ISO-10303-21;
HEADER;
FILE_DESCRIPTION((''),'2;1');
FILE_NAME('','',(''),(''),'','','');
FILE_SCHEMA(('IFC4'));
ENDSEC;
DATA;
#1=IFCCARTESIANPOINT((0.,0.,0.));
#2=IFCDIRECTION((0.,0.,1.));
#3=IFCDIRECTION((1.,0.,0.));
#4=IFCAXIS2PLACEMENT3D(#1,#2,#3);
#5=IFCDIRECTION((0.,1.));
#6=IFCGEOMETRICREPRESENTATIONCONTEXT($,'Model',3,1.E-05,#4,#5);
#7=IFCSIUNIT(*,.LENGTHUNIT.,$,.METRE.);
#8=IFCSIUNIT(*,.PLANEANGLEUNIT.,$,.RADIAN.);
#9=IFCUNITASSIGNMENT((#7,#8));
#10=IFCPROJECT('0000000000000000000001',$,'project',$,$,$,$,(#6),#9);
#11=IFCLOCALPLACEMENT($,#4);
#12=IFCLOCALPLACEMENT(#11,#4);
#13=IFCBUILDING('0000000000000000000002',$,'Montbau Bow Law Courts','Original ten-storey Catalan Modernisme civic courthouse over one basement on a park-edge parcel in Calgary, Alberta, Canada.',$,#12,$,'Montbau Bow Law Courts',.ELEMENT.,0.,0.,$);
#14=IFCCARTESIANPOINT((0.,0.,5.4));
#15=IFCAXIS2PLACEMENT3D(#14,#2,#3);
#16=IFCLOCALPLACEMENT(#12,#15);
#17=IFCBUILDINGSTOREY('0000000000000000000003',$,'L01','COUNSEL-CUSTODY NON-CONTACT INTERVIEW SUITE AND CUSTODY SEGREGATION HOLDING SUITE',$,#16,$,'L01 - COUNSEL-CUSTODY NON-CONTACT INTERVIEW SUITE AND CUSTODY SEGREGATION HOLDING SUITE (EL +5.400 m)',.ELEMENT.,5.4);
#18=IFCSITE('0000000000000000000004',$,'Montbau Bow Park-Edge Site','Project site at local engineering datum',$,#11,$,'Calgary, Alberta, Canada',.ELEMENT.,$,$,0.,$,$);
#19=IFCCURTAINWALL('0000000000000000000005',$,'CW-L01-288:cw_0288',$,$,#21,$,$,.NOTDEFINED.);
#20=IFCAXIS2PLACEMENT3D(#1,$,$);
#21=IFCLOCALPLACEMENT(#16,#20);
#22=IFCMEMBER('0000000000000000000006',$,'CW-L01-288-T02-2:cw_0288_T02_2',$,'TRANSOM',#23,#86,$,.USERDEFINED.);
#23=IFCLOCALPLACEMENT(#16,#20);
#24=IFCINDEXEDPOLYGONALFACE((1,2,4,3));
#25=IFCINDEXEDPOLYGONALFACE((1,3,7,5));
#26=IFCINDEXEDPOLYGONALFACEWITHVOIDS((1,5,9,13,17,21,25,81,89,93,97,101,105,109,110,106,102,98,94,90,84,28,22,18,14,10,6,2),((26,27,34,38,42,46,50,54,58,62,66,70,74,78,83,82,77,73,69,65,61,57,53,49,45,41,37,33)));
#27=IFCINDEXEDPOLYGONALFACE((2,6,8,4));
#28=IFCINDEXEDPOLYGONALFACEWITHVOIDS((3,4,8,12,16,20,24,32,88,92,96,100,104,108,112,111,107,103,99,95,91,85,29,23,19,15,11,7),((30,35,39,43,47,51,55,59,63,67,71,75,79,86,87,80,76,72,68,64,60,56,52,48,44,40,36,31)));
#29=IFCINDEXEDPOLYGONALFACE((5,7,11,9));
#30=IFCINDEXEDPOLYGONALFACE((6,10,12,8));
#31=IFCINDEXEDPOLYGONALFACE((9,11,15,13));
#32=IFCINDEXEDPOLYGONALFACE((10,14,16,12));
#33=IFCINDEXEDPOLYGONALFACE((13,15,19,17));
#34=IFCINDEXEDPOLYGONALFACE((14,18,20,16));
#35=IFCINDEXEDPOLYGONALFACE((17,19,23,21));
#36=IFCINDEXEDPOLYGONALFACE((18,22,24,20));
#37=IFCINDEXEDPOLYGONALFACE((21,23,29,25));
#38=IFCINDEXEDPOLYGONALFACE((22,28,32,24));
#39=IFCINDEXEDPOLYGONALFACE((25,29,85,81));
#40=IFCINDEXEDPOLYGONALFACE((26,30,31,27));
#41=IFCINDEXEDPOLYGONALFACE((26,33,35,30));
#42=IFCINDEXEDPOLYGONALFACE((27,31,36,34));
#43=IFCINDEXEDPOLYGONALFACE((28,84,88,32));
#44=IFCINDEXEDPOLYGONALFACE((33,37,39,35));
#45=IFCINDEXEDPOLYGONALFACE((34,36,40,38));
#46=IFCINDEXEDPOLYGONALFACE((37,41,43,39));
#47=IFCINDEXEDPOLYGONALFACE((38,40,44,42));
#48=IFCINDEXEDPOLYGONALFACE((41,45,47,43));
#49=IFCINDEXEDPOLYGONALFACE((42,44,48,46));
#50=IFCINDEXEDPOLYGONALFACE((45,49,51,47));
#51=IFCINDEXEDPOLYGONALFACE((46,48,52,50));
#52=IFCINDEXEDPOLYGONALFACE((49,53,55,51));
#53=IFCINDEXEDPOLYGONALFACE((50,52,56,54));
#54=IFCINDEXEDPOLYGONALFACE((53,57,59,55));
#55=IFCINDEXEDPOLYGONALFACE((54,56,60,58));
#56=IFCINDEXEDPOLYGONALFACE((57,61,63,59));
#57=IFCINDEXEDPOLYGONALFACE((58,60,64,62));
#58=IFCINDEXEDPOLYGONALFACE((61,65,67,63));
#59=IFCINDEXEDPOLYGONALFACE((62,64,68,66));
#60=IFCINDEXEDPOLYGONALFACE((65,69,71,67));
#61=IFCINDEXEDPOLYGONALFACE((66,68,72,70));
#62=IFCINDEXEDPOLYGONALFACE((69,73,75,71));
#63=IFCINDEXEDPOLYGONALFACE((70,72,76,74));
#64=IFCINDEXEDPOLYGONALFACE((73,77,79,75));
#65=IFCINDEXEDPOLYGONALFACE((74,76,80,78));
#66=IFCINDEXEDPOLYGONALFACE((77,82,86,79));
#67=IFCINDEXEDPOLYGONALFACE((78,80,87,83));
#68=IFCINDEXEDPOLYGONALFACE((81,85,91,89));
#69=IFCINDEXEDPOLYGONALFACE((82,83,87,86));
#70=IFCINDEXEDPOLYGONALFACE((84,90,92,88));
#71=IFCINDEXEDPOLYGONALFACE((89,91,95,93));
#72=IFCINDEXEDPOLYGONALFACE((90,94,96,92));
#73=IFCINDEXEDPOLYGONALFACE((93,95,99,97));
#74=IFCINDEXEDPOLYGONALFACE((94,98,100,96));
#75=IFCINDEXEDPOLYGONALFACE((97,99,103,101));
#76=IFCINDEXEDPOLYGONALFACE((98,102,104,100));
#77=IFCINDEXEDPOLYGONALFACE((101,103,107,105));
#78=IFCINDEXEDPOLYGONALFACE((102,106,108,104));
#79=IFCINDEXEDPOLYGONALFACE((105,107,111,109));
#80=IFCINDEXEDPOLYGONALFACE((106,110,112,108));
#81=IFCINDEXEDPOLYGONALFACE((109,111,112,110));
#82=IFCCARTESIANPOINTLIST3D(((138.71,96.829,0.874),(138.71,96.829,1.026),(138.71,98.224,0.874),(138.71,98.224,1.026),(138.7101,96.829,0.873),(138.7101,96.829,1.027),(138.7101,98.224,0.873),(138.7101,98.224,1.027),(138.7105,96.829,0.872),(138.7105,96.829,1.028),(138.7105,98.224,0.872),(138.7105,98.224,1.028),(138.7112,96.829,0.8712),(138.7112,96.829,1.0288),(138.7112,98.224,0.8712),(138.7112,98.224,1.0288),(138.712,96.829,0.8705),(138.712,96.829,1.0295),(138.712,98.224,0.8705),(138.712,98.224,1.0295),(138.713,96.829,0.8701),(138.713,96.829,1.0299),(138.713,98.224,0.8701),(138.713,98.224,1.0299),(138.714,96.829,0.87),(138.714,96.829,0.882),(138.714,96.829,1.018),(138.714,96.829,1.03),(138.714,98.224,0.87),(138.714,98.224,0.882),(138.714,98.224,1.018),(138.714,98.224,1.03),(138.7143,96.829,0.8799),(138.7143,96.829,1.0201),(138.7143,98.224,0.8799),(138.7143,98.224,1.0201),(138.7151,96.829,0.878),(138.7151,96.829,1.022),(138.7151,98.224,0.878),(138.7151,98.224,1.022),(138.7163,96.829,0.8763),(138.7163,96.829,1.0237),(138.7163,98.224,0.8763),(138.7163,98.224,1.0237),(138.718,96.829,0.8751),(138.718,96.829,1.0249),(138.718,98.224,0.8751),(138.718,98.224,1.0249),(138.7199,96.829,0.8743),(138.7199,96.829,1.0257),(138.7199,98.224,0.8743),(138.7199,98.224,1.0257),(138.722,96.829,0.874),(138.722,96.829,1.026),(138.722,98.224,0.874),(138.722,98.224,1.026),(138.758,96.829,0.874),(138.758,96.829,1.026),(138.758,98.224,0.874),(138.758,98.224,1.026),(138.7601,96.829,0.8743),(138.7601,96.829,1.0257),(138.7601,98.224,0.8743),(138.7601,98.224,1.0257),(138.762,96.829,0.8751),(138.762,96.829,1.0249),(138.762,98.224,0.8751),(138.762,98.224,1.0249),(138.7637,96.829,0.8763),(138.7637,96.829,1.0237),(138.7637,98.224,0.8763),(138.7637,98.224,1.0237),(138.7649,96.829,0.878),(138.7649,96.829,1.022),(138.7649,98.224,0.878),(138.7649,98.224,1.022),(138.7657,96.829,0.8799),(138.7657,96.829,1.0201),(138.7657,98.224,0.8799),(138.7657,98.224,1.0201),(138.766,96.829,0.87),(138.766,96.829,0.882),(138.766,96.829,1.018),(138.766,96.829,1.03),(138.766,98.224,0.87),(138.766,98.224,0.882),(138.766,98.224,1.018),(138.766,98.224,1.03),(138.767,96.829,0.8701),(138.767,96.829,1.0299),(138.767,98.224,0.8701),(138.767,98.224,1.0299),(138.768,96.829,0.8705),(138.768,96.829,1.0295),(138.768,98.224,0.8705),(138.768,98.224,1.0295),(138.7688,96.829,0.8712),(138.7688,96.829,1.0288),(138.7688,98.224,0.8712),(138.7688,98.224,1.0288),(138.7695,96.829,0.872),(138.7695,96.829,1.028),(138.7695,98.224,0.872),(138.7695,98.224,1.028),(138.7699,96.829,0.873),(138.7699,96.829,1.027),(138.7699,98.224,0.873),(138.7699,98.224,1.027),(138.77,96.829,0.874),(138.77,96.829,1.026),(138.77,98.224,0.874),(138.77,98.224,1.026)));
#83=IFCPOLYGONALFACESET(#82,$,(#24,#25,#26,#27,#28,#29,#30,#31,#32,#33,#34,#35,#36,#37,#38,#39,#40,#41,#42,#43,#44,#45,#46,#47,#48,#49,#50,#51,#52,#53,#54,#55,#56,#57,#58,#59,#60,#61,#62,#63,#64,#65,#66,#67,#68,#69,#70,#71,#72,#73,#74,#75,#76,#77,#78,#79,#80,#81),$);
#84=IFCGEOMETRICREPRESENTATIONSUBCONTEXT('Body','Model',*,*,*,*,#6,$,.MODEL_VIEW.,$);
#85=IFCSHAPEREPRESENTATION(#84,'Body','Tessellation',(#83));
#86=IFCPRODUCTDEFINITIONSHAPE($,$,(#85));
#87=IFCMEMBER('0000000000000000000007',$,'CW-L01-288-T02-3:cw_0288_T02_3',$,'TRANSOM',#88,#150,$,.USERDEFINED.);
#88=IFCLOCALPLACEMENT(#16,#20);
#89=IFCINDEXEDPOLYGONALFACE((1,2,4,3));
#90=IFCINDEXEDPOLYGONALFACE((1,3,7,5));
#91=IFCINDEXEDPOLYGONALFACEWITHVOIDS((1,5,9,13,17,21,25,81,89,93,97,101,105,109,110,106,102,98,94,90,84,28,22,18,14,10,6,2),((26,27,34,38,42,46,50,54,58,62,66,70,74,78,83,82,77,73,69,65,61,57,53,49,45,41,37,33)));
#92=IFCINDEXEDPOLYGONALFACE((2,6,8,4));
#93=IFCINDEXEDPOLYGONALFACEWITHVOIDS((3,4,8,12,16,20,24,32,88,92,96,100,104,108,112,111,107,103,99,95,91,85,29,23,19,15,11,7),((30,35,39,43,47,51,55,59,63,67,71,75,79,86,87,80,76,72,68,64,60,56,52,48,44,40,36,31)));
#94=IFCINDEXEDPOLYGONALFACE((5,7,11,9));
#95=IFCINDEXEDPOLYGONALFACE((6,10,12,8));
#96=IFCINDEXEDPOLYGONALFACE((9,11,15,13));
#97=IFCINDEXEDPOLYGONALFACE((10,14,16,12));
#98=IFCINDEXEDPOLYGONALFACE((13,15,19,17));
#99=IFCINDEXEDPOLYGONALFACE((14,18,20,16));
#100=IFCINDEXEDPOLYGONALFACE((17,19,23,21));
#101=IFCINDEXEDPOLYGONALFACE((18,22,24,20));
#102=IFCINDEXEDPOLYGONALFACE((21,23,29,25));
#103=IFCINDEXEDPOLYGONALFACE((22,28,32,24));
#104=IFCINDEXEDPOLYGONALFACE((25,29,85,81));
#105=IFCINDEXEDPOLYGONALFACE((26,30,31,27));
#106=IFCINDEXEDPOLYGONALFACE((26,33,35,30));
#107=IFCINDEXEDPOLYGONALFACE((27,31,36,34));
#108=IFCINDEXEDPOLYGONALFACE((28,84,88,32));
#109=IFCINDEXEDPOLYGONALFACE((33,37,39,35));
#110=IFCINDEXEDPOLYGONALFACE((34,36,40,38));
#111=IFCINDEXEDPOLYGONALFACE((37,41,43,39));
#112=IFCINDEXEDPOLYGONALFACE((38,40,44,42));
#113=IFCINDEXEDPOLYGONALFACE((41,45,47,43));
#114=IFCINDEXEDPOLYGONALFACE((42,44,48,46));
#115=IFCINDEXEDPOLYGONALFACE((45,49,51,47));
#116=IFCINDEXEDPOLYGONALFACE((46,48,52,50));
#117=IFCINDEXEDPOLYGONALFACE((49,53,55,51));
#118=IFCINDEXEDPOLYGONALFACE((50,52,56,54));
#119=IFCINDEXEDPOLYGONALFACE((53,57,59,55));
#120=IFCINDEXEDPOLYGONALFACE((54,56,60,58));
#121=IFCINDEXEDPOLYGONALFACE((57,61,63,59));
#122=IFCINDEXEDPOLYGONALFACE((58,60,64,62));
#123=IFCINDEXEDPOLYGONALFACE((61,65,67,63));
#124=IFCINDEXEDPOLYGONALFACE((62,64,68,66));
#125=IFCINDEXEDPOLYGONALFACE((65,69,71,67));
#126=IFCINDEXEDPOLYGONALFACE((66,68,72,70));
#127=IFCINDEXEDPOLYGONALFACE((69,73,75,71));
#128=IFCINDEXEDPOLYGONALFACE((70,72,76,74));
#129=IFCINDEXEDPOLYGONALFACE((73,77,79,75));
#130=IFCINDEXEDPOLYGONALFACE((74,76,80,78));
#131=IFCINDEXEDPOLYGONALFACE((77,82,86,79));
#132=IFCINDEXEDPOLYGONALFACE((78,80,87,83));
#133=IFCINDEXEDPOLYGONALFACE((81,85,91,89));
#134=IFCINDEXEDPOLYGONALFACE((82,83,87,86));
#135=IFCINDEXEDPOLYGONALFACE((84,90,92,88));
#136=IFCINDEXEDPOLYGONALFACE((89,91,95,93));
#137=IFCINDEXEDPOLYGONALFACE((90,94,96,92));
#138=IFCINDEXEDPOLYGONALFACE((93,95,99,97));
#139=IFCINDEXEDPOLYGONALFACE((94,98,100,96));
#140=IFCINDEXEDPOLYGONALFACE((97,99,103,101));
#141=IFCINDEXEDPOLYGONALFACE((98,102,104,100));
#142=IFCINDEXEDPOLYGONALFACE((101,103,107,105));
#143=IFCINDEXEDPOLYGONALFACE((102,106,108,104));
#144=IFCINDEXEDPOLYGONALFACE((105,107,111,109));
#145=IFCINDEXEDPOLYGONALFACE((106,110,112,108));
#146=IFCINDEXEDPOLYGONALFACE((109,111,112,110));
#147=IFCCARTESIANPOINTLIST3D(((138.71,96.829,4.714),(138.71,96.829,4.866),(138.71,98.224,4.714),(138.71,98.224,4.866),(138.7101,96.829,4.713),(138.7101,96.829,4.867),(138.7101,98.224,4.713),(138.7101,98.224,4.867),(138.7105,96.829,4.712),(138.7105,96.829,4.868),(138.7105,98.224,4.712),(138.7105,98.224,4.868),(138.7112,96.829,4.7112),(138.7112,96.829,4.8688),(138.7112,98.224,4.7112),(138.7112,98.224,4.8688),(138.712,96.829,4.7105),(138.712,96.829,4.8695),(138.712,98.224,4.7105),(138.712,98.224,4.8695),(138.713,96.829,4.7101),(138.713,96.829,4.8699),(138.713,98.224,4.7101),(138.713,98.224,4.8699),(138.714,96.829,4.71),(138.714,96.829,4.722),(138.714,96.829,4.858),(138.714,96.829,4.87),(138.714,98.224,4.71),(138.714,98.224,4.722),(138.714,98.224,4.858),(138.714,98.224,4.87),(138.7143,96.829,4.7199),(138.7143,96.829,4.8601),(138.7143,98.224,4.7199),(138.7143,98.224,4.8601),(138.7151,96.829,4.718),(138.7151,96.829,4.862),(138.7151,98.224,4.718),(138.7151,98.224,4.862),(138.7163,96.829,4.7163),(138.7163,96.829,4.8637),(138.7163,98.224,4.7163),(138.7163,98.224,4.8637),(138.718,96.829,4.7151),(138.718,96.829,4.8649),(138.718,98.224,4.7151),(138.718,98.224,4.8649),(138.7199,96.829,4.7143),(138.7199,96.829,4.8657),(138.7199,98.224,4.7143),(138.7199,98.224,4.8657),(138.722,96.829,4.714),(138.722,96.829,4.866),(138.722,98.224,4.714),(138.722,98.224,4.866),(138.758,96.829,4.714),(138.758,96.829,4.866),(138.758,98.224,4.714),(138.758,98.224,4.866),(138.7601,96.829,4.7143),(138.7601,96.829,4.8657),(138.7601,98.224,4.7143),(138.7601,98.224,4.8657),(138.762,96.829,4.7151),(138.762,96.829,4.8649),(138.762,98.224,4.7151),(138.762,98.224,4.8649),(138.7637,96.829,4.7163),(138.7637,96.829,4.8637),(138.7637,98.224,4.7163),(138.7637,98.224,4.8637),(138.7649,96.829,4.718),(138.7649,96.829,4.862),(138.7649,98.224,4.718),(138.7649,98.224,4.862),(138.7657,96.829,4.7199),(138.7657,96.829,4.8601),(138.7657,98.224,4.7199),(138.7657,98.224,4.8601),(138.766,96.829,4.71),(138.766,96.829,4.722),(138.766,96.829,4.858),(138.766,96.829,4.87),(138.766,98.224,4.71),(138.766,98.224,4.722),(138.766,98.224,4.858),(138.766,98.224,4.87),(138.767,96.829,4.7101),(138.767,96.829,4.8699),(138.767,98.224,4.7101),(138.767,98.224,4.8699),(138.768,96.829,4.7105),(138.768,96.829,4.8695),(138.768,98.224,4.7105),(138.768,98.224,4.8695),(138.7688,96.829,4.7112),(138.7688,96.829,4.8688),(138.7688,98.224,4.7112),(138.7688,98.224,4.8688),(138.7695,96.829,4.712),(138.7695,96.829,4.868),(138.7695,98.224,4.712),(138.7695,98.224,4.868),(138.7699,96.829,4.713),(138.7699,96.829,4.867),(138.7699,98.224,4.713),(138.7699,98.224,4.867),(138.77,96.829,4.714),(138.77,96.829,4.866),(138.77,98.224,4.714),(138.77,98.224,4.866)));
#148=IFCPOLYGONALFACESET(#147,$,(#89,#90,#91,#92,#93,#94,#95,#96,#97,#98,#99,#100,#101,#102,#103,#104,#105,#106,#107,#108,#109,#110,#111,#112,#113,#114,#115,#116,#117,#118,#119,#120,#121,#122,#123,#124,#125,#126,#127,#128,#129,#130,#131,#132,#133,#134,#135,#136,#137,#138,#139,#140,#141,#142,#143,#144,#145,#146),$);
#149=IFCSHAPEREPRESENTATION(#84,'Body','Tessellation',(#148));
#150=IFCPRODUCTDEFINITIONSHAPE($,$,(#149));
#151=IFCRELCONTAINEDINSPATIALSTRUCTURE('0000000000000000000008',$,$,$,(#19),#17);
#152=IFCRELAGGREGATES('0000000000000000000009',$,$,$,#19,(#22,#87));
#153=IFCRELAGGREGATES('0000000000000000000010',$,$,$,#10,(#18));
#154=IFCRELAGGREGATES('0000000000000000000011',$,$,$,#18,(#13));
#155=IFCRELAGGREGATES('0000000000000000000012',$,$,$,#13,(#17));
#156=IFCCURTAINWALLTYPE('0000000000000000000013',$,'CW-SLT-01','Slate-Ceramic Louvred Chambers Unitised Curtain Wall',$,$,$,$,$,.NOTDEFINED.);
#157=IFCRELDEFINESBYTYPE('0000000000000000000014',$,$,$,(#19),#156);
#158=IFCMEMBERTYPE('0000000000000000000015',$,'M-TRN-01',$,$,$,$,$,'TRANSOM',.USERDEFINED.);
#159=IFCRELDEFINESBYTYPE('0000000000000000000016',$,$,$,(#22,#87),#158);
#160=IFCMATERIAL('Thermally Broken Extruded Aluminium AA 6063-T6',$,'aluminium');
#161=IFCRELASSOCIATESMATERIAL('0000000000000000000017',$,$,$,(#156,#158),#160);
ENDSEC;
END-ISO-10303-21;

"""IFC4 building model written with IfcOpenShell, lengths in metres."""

from ifc_helpers import new_model, si_unit, direction, frame, origin_with_axes, origin_2d_with_axis, place, context, subcontext, project, spatial, hollow_rectangle, extrude, material, material_profile, profile_set, type_object, element, aggregate, save


model = new_model("IFC4")

# Units and contexts
model_context = context("Model", 3, precision=1e-05, world=origin_with_axes(), true_north=direction((0.0, 1.0)))
body_context = subcontext(model_context, "Body", "Model", "MODEL_VIEW")
ifc_project = project(units=[si_unit("LENGTHUNIT", "METRE"), si_unit("PLANEANGLEUNIT", "RADIAN")], contexts=[model_context])

# Site, building, storey
site_placement = place(None, origin_with_axes())
site = spatial("IfcSite", under=ifc_project, at=site_placement, Name="Montbau Bow Park-Edge Site", Description="Project site at local engineering datum", LongName="Calgary, Alberta, Canada", CompositionType="ELEMENT", RefElevation=0.0)
building_placement = place(site_placement, origin_with_axes())
building = spatial("IfcBuilding", under=site, at=building_placement, Name="Montbau Bow Law Courts", Description="Original ten-storey Catalan Modernisme civic courthouse over one basement on a park-edge parcel in Calgary, Alberta, Canada.", LongName="Montbau Bow Law Courts", CompositionType="ELEMENT", ElevationOfRefHeight=0.0, ElevationOfTerrain=0.0)
storey_placement = place(building_placement, frame((0.0, 0.0, 5.4), z_axis=(0.0, 0.0, 1.0), x_axis=(1.0, 0.0, 0.0)))
storey = spatial("IfcBuildingStorey", under=building, at=storey_placement, Name="L01", Description="COUNSEL-CUSTODY NON-CONTACT INTERVIEW SUITE AND CUSTODY SEGREGATION HOLDING SUITE", LongName="L01 - COUNSEL-CUSTODY NON-CONTACT INTERVIEW SUITE AND CUSTODY SEGREGATION HOLDING SUITE (EL +5.400 m)", CompositionType="ELEMENT", Elevation=5.4)

# Curtain wall
ifc_material_1 = material(Name="Thermally Broken Extruded Aluminium AA 6063-T6", Category="aluminium")
curtain_wall_type = type_object("IfcCurtainWallType", Name="CW-SLT-01", Description="Slate-Ceramic Louvred Chambers Unitised Curtain Wall", PredefinedType="NOTDEFINED", material=ifc_material_1)
curtain_wall_1_placement = place(None, frame((138.74, 95.315, 5.4), z_axis=(0.0, 0.0, 1.0), x_axis=(1.0, 0.0, 0.0)))
curtain_wall_1 = element("IfcCurtainWall", 1, at=curtain_wall_1_placement, inside=storey, type_object=curtain_wall_type, Name="CW-L01-288:cw_0288", PredefinedType="NOTDEFINED")

# Members
ifc_material_profile_1 = material_profile(ifc_material_1, hollow_rectangle(XDim=0.06, YDim=0.16, WallThickness=0.004, InnerFilletRadius=0.008, OuterFilletRadius=0.004, at=origin_2d_with_axis()), Name="CWT-160X60", Category="Main", Priority=0)
ifc_profile_set_1 = profile_set([ifc_material_profile_1], Name="Thermally Broken Extruded Aluminium AA 6063-T6")
member_type_1 = type_object("IfcMemberType", Name="M-TRN-01", ElementType="TRANSOM", PredefinedType="USERDEFINED", material=ifc_profile_set_1)
member_1_placement = place(None, frame((138.74, 96.829, 6.35), z_axis=(0.0, 1.0, 0.0), x_axis=(-1.0, 0.0, 0.0)))
member_1 = element("IfcMember", 2, at=member_1_placement, type_object=member_type_1, Name="CW-L01-288-T02-2:cw_0288_T02_2", ObjectType="TRANSOM", PredefinedType="USERDEFINED", context=body_context, shape_type="SweptSolid", body=[
    extrude(hollow_rectangle(XDim=0.06, YDim=0.16, WallThickness=0.004, InnerFilletRadius=0.008, OuterFilletRadius=0.004, at=origin_2d_with_axis()), origin_with_axes(), (0.0, 0.0, 1.0), 1.395),
])
member_2_placement = place(None, frame((138.74, 96.829, 10.19), z_axis=(0.0, 1.0, 0.0), x_axis=(-1.0, 0.0, 0.0)))
member_2 = element("IfcMember", 3, at=member_2_placement, type_object=member_type_1, Name="CW-L01-288-T02-3:cw_0288_T02_3", ObjectType="TRANSOM", PredefinedType="USERDEFINED", context=body_context, shape_type="SweptSolid", body=[
    extrude(hollow_rectangle(XDim=0.06, YDim=0.16, WallThickness=0.004, InnerFilletRadius=0.008, OuterFilletRadius=0.004, at=origin_2d_with_axis()), origin_with_axes(), (0.0, 0.0, 1.0), 1.395),
])

aggregate(curtain_wall_1, [member_1, member_2])

save(model, "model.ifc")
